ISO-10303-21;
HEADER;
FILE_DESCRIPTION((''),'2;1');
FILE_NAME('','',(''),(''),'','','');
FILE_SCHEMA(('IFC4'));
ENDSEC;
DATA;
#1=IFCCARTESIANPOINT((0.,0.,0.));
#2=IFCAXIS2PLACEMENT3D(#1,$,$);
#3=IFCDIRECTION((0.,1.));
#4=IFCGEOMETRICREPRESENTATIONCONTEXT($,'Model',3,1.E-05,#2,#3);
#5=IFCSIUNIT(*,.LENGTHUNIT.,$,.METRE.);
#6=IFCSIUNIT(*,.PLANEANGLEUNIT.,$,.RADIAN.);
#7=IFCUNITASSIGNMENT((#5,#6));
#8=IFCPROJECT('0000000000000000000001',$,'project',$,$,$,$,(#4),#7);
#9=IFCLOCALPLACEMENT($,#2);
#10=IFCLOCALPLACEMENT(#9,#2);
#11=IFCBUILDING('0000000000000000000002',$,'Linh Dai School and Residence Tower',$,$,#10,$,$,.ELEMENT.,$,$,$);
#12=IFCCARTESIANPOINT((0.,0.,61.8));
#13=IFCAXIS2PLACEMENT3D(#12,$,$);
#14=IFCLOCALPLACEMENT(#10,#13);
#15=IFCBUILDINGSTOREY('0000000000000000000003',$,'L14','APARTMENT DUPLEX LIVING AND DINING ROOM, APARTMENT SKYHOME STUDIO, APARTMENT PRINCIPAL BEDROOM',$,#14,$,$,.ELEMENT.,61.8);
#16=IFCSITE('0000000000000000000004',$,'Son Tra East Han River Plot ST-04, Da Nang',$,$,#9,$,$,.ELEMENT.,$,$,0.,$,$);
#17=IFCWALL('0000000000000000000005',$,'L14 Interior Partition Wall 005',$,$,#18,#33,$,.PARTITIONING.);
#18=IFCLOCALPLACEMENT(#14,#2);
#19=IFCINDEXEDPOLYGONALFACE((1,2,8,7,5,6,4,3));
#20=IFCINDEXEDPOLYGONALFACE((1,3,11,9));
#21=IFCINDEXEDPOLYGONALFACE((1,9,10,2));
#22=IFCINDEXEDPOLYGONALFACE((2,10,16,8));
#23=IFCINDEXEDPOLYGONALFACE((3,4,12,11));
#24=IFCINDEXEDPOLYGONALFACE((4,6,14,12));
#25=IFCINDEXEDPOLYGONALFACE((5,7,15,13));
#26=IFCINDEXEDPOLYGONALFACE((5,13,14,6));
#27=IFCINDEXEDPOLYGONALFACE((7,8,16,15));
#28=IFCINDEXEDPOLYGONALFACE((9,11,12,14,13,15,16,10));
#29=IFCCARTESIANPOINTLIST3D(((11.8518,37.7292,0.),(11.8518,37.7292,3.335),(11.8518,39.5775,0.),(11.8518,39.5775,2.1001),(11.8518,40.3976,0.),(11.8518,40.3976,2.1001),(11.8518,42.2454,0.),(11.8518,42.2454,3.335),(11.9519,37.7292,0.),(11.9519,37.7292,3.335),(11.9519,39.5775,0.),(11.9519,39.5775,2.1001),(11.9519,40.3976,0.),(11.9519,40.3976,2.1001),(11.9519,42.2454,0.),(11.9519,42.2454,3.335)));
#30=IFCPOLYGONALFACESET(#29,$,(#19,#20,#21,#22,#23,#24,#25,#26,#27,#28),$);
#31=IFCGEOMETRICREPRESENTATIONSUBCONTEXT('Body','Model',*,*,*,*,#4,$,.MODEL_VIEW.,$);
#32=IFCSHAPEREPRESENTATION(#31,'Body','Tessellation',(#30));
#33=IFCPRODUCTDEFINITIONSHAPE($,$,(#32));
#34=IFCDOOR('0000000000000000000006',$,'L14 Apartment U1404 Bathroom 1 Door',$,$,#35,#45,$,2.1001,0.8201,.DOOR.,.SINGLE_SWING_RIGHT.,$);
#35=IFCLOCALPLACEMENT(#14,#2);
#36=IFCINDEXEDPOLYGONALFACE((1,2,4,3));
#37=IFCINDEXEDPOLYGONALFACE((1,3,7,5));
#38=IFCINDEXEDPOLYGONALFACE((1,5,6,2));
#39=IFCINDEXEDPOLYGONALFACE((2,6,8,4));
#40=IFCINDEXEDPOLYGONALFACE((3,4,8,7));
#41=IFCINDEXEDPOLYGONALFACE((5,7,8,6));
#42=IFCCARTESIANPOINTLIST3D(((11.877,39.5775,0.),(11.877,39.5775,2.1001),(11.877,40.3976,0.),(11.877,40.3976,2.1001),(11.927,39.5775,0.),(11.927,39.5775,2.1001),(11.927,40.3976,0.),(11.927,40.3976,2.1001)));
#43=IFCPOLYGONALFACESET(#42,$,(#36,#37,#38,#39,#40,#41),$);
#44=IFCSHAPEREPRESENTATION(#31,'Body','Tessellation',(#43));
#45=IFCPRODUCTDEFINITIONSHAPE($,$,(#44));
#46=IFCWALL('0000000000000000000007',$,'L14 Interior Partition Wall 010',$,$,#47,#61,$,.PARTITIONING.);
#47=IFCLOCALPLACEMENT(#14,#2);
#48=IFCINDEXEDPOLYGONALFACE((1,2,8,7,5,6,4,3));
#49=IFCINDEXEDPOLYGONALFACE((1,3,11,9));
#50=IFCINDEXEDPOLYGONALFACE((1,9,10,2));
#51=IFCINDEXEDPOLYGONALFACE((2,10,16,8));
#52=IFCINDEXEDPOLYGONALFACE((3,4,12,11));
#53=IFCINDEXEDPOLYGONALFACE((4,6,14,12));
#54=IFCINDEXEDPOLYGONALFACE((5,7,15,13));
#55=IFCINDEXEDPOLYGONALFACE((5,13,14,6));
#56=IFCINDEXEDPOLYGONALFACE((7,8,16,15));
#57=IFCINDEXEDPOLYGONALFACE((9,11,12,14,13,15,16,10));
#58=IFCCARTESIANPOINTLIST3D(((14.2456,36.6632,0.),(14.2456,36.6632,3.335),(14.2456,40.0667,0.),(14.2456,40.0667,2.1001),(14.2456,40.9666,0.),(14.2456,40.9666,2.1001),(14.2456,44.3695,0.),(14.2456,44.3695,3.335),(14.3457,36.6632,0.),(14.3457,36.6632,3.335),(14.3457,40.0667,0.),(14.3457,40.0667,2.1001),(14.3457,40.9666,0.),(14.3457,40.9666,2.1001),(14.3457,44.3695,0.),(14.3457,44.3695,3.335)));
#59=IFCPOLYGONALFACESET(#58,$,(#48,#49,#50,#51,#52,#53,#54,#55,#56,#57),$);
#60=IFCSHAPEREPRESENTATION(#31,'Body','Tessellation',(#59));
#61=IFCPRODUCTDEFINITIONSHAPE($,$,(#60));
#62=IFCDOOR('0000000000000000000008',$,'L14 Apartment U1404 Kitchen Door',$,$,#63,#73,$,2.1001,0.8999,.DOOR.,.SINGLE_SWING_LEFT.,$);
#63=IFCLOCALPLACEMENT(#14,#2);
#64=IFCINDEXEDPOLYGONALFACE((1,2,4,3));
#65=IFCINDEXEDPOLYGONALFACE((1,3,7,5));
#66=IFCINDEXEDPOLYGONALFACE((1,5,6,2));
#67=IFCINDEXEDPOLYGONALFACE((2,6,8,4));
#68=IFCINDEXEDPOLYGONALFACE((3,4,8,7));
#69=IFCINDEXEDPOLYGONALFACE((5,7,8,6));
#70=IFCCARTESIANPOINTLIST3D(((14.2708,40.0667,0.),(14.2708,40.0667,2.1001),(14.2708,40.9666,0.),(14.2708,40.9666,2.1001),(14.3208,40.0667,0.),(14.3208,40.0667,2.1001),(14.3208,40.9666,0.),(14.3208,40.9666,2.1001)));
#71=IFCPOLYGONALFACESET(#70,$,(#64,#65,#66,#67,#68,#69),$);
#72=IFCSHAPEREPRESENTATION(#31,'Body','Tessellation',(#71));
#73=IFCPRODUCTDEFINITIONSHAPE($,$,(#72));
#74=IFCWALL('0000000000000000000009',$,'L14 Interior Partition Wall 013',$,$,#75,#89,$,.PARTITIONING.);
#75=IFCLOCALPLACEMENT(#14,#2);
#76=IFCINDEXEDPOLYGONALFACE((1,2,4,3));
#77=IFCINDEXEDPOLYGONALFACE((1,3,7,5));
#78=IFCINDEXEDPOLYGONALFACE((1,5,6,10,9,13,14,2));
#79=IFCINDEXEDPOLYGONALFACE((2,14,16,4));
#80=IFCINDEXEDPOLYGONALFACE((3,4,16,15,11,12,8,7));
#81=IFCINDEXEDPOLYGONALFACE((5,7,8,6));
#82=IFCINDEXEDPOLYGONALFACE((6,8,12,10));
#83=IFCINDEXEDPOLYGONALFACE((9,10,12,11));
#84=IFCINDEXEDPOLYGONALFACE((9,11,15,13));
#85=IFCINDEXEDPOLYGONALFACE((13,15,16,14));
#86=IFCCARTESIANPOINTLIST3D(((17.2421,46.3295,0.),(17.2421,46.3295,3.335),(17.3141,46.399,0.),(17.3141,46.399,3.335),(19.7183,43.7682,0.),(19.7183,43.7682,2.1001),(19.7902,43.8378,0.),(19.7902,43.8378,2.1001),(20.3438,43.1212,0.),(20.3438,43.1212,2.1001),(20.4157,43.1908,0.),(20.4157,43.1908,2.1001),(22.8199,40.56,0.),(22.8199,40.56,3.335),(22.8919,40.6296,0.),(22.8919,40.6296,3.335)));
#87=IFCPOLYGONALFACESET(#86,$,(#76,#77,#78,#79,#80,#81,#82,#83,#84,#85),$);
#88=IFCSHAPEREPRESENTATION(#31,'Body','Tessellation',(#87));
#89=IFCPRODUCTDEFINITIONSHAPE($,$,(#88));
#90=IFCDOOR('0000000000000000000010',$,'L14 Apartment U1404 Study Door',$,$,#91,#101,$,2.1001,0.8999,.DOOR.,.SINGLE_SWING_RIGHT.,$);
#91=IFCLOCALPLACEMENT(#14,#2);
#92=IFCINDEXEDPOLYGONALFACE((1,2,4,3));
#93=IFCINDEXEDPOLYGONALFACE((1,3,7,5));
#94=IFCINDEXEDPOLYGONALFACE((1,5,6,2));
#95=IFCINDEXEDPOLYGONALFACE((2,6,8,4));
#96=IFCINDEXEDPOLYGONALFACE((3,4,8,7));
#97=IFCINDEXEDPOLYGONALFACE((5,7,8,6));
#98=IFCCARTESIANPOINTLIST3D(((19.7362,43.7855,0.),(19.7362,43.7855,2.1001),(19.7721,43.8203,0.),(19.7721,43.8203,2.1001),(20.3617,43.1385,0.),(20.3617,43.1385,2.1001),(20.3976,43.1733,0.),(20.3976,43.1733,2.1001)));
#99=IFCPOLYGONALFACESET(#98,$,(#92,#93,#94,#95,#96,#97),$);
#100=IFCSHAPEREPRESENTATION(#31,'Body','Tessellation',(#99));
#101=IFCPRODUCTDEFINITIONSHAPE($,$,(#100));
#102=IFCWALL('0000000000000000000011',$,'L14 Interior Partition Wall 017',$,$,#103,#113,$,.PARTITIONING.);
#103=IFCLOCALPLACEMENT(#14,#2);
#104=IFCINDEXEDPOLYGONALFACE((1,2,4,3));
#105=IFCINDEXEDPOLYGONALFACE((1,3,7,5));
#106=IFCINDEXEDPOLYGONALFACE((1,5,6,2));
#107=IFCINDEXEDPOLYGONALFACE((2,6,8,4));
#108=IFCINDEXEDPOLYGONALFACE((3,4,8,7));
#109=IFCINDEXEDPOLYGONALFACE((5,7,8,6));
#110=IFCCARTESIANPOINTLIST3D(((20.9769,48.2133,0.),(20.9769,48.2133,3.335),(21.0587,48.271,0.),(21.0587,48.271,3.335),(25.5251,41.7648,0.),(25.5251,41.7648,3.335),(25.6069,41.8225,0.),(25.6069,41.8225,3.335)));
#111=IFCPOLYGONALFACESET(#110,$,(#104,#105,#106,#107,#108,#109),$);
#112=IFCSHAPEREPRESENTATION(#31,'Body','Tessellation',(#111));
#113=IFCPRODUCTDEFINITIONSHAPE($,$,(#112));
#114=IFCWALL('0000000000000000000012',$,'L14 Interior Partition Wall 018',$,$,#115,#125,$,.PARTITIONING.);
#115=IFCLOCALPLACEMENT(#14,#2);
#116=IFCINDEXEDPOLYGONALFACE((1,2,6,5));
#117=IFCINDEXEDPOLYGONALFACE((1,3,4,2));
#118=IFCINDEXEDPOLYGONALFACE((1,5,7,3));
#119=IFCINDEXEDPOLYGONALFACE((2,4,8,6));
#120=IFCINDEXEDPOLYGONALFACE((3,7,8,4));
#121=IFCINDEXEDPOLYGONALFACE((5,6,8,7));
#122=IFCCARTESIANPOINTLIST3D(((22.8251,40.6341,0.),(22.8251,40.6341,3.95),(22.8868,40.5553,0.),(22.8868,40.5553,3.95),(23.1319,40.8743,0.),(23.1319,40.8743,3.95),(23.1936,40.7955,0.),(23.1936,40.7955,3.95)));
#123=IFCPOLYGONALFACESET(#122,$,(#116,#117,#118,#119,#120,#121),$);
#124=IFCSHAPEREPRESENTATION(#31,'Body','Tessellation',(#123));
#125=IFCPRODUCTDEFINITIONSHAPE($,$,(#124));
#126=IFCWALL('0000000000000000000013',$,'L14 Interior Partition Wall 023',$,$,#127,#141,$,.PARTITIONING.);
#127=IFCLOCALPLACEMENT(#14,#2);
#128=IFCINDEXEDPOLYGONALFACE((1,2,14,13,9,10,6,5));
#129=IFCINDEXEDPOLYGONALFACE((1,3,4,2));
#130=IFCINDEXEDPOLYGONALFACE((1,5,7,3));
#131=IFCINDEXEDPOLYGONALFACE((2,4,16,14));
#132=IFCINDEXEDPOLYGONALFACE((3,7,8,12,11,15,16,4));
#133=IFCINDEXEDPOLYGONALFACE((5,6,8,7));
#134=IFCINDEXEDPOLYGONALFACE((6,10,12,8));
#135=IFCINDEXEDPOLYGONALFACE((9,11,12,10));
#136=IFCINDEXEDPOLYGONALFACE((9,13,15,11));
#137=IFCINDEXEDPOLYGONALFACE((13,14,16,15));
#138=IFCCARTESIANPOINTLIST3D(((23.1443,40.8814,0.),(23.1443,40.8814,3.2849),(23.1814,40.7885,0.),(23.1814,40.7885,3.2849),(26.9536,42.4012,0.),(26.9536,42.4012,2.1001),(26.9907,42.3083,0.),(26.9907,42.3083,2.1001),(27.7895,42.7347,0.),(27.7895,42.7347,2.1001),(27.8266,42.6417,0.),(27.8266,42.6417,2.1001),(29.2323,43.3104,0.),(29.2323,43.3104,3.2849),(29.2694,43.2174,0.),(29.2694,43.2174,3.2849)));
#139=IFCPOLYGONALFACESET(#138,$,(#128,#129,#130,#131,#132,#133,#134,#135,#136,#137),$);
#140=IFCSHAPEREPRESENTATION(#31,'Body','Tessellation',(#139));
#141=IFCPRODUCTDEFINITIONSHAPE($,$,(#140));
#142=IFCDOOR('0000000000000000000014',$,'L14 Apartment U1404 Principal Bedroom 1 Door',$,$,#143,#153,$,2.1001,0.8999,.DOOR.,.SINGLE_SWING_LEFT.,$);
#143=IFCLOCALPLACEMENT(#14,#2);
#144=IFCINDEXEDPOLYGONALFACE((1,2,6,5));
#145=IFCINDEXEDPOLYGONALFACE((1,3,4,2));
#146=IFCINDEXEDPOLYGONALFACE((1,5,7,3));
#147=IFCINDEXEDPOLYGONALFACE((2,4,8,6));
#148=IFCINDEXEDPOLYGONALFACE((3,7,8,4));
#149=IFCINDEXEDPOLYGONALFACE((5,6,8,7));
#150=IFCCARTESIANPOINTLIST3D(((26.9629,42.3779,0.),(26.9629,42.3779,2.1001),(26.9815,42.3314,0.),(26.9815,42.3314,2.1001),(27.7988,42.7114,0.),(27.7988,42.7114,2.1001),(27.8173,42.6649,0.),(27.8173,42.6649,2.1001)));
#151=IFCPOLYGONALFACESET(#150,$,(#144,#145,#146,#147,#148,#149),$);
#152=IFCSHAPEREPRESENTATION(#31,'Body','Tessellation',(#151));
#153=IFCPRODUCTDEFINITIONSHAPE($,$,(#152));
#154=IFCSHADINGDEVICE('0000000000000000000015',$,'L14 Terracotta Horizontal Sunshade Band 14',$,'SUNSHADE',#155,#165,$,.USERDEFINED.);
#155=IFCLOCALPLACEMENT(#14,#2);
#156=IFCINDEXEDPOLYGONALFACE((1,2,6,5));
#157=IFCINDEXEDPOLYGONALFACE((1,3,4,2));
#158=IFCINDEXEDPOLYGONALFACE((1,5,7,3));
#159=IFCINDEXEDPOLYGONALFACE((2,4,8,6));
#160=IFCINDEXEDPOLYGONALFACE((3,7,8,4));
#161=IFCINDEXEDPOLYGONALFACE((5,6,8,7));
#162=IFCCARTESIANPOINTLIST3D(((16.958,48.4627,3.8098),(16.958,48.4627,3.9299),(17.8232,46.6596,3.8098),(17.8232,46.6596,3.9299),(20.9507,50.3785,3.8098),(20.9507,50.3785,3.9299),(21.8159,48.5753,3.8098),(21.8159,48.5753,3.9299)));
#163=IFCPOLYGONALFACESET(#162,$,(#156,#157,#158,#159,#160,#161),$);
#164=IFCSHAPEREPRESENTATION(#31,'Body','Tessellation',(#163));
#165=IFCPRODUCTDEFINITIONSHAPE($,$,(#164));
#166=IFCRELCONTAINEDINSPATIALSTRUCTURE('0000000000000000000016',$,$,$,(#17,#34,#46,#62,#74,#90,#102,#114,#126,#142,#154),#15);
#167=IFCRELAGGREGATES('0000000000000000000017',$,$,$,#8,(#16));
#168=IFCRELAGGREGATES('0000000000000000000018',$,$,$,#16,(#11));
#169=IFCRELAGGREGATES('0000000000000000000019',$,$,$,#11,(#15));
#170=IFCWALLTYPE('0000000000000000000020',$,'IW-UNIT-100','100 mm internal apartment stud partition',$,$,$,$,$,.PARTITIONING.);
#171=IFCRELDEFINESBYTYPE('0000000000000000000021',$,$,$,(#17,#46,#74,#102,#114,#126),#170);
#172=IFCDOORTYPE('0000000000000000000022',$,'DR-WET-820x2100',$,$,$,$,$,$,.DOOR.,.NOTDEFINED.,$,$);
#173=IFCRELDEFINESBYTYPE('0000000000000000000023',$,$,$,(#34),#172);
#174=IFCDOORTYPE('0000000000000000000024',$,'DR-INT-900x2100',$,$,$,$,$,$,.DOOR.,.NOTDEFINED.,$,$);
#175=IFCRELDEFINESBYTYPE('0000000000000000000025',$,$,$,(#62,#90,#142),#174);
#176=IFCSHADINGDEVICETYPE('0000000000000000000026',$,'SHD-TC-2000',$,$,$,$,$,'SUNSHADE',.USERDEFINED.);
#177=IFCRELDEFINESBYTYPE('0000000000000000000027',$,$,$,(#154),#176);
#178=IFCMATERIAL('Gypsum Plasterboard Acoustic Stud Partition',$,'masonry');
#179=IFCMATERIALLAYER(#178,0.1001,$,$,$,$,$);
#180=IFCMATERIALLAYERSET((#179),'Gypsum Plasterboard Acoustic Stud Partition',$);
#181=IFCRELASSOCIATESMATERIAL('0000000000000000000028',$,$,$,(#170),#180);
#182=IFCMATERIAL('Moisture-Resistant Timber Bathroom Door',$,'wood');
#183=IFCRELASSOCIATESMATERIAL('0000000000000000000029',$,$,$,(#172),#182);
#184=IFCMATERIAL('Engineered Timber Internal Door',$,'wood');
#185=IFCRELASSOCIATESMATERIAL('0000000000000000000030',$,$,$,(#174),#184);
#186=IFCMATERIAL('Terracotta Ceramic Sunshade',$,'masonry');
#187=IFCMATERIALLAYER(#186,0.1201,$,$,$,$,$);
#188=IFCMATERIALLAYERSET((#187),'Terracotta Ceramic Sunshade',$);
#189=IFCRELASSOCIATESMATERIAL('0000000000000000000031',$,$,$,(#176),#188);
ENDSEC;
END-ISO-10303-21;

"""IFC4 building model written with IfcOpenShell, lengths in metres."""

from ifc_helpers import new_model, si_unit, direction, frame, frame_2d, origin, origin_2d, place, context, subcontext, project, spatial, rectangle, extrude, source, transform, mapped, material, layer, layer_set, type_object, element, fill, save


model = new_model("IFC4")

# Units and contexts
model_context = context("Model", 3, precision=1e-05, world=origin(), true_north=direction((0.0, 1.0)))
body_context = subcontext(model_context, "Body", "Model", "MODEL_VIEW")
ifc_project = project(units=[si_unit("LENGTHUNIT", "METRE"), si_unit("PLANEANGLEUNIT", "RADIAN")], contexts=[model_context])

# Site, building, storey
site_placement = place(None, origin())
site = spatial("IfcSite", under=ifc_project, at=site_placement, Name="Son Tra East Han River Plot ST-04, Da Nang", CompositionType="ELEMENT", RefElevation=0.0)
building_placement = place(site_placement, origin())
building = spatial("IfcBuilding", under=site, at=building_placement, Name="Linh Dai School and Residence Tower", CompositionType="ELEMENT")
storey_placement = place(building_placement, frame((0.0, 0.0, 61.8)))
storey = spatial("IfcBuildingStorey", under=building, at=storey_placement, Name="L14", Description="APARTMENT DUPLEX LIVING AND DINING ROOM, APARTMENT SKYHOME STUDIO, APARTMENT PRINCIPAL BEDROOM", CompositionType="ELEMENT", Elevation=61.8)

# Walls, openings, doors
ifc_material_1 = material(Name="Gypsum Plasterboard Acoustic Stud Partition", Category="masonry")
ifc_layer_1 = layer(ifc_material_1, 0.1001)
ifc_layer_set_1 = layer_set([ifc_layer_1], Name="Gypsum Plasterboard Acoustic Stud Partition")
wall_type_1 = type_object("IfcWallType", Name="IW-UNIT-100", Description="100 mm internal apartment stud partition", PredefinedType="PARTITIONING", material=ifc_layer_set_1)
wall_1_placement = place(storey_placement, frame((11.9019, 37.7292, 0.0), z_axis=(0.0, 0.0, 1.0), x_axis=(0.0, 1.0, 0.0)))
wall_1 = element("IfcWall", 1, at=wall_1_placement, inside=storey, type_object=wall_type_1, Name="L14 Interior Partition Wall 005", PredefinedType="PARTITIONING", context=body_context, shape_type="SweptSolid", body=[
    extrude(rectangle(XDim=4.5161, YDim=0.1001, at=frame_2d((2.2581, 0.0))), origin(), (0.0, 0.0, 1.0), 3.335),
])
opening_1_placement = place(wall_1_placement, frame((1.8481, 0.0, 0.0)))
opening_1 = element("IfcOpeningElement", 2, at=opening_1_placement, cuts=wall_1, PredefinedType="OPENING", context=body_context, shape_type="SweptSolid", body=[
    extrude(rectangle(XDim=0.8201, YDim=2.1001, at=origin_2d()), frame((0.4102, 0.0601, 1.05), z_axis=(0.0, -1.0, 0.0), x_axis=(1.0, 0.0, 0.0)), (0.0, 0.0, 1.0), 0.1201),
])
ifc_material_2 = material(Name="Moisture-Resistant Timber Bathroom Door", Category="wood")
door_type_1 = type_object("IfcDoorType", Name="DR-WET-820x2100", OperationType="NOTDEFINED", PredefinedType="DOOR", material=ifc_material_2)
shared_shape_1 = source(origin(), body_context, "Body", "SweptSolid", [
    extrude(rectangle(XDim=0.8201, YDim=2.1001, at=origin_2d()), frame((0.4102, 0.0249, 1.05), z_axis=(0.0, -1.0, 0.0), x_axis=(1.0, 0.0, 0.0)), (0.0, 0.0, 1.0), 0.05),
])
door_1_placement = place(opening_1_placement, origin())
door_1 = element("IfcDoor", 3, at=door_1_placement, inside=storey, type_object=door_type_1, Name="L14 Apartment U1404 Bathroom 1 Door", OperationType="SINGLE_SWING_RIGHT", OverallHeight=2.1001, OverallWidth=0.8201, PredefinedType="DOOR", context=body_context, shape_type="MappedRepresentation", body=[
    mapped(shared_shape_1, transform((0.0, 0.0, 0.0), x_axis=(1.0, 0.0, 0.0), y_axis=(0.0, 1.0, 0.0), z_axis=(0.0, 0.0, 1.0), scale=1.0)),
])
fill(opening_1, door_1)
wall_2_placement = place(storey_placement, frame((14.2957, 36.6633, 0.0), z_axis=(0.0, 0.0, 1.0), x_axis=(0.0, 1.0, 0.0)))
wall_2 = element("IfcWall", 4, at=wall_2_placement, inside=storey, type_object=wall_type_1, Name="L14 Interior Partition Wall 010", PredefinedType="PARTITIONING", context=body_context, shape_type="SweptSolid", body=[
    extrude(rectangle(XDim=7.7063, YDim=0.1001, at=frame_2d((3.853, 0.0))), origin(), (0.0, 0.0, 1.0), 3.335),
])
opening_2_placement = place(wall_2_placement, frame((3.4033, 0.0, 0.0)))
opening_2 = element("IfcOpeningElement", 5, at=opening_2_placement, cuts=wall_2, PredefinedType="OPENING", context=body_context, shape_type="SweptSolid", body=[
    extrude(rectangle(XDim=0.8999, YDim=2.1001, at=origin_2d()), frame((0.45, 0.0601, 1.05), z_axis=(0.0, -1.0, 0.0), x_axis=(1.0, 0.0, 0.0)), (0.0, 0.0, 1.0), 0.1201),
])
ifc_material_3 = material(Name="Engineered Timber Internal Door", Category="wood")
door_type_2 = type_object("IfcDoorType", Name="DR-INT-900x2100", OperationType="NOTDEFINED", PredefinedType="DOOR", material=ifc_material_3)
shared_shape_2 = source(origin(), body_context, "Body", "SweptSolid", [
    extrude(rectangle(XDim=0.8999, YDim=2.1001, at=origin_2d()), frame((0.45, 0.0249, 1.05), z_axis=(0.0, -1.0, 0.0), x_axis=(1.0, 0.0, 0.0)), (0.0, 0.0, 1.0), 0.05),
])
door_2_placement = place(opening_2_placement, origin())
door_2 = element("IfcDoor", 6, at=door_2_placement, inside=storey, type_object=door_type_2, Name="L14 Apartment U1404 Kitchen Door", OperationType="SINGLE_SWING_LEFT", OverallHeight=2.1001, OverallWidth=0.8999, PredefinedType="DOOR", context=body_context, shape_type="MappedRepresentation", body=[
    mapped(shared_shape_2, transform((0.0, 0.0, 0.0), x_axis=(1.0, 0.0, 0.0), y_axis=(0.0, 1.0, 0.0), z_axis=(0.0, 0.0, 1.0), scale=1.0)),
])
fill(opening_2, door_2)
wall_3_placement = place(storey_placement, frame((17.2781, 46.3643, 0.0), z_axis=(0.0, 0.0, 1.0), x_axis=(0.695065, -0.718947, 0.0)))
wall_3 = element("IfcWall", 7, at=wall_3_placement, inside=storey, type_object=wall_type_1, Name="L14 Interior Partition Wall 013", PredefinedType="PARTITIONING", context=body_context, shape_type="SweptSolid", body=[
    extrude(rectangle(XDim=8.0249, YDim=0.1001, at=frame_2d((4.0125, 0.0))), origin(), (0.0, 0.0, 1.0), 3.335),
])
opening_3_placement = place(wall_3_placement, frame((3.5625, 0.0, 0.0)))
opening_3 = element("IfcOpeningElement", 8, at=opening_3_placement, cuts=wall_3, PredefinedType="OPENING", context=body_context, shape_type="SweptSolid", body=[
    extrude(rectangle(XDim=0.8999, YDim=2.1001, at=origin_2d()), frame((0.45, 0.0601, 1.05), z_axis=(0.0, -1.0, 0.0), x_axis=(1.0, 0.0, 0.0)), (0.0, 0.0, 1.0), 0.1201),
])
door_3_placement = place(opening_3_placement, origin())
door_3 = element("IfcDoor", 9, at=door_3_placement, inside=storey, type_object=door_type_2, Name="L14 Apartment U1404 Study Door", OperationType="SINGLE_SWING_RIGHT", OverallHeight=2.1001, OverallWidth=0.8999, PredefinedType="DOOR", context=body_context, shape_type="MappedRepresentation", body=[
    mapped(shared_shape_2, transform((0.0, 0.0, 0.0), x_axis=(1.0, 0.0, 0.0), y_axis=(0.0, 1.0, 0.0), z_axis=(0.0, 0.0, 1.0), scale=1.0)),
])
fill(opening_3, door_3)

# Walls
wall_4_placement = place(storey_placement, frame((21.0178, 48.2422, 0.0), z_axis=(0.0, 0.0, 1.0), x_axis=(0.576364, -0.817193, 0.0)))
element("IfcWall", 10, at=wall_4_placement, inside=storey, type_object=wall_type_1, Name="L14 Interior Partition Wall 017", PredefinedType="PARTITIONING", context=body_context, shape_type="SweptSolid", body=[
    extrude(rectangle(XDim=7.8911, YDim=0.1001, at=frame_2d((3.9456, 0.0))), origin(), (0.0, 0.0, 1.0), 3.335),
])
wall_5_placement = place(storey_placement, frame((22.856, 40.5947, 0.0), z_axis=(0.0, 0.0, 1.0), x_axis=(0.787426, 0.61641, 0.0)))
element("IfcWall", 11, at=wall_5_placement, inside=storey, type_object=wall_type_1, Name="L14 Interior Partition Wall 018", PredefinedType="PARTITIONING", context=body_context, shape_type="SweptSolid", body=[
    extrude(rectangle(XDim=0.3896, YDim=0.1001, at=frame_2d((0.1948, 0.0))), origin(), (0.0, 0.0, 1.0), 3.95),
])

# Wall, opening, door
wall_6_placement = place(storey_placement, frame((23.1628, 40.835, 0.0), z_axis=(0.0, 0.0, 1.0), x_axis=(0.928808, 0.370562, 0.0)))
wall_6 = element("IfcWall", 12, at=wall_6_placement, inside=storey, type_object=wall_type_1, Name="L14 Interior Partition Wall 023", PredefinedType="PARTITIONING", context=body_context, shape_type="SweptSolid", body=[
    extrude(rectangle(XDim=6.5547, YDim=0.1001, at=frame_2d((3.2773, 0.0))), origin(), (0.0, 0.0, 1.0), 3.2849),
])
opening_4_placement = place(wall_6_placement, frame((4.1013, 0.0, 0.0)))
opening_4 = element("IfcOpeningElement", 13, at=opening_4_placement, cuts=wall_6, PredefinedType="OPENING", context=body_context, shape_type="SweptSolid", body=[
    extrude(rectangle(XDim=0.8999, YDim=2.1001, at=origin_2d()), frame((0.45, 0.0601, 1.05), z_axis=(0.0, -1.0, 0.0), x_axis=(1.0, 0.0, 0.0)), (0.0, 0.0, 1.0), 0.1201),
])
door_4_placement = place(opening_4_placement, origin())
door_4 = element("IfcDoor", 14, at=door_4_placement, inside=storey, type_object=door_type_2, Name="L14 Apartment U1404 Principal Bedroom 1 Door", OperationType="SINGLE_SWING_LEFT", OverallHeight=2.1001, OverallWidth=0.8999, PredefinedType="DOOR", context=body_context, shape_type="MappedRepresentation", body=[
    mapped(shared_shape_2, transform((0.0, 0.0, 0.0), x_axis=(1.0, 0.0, 0.0), y_axis=(0.0, 1.0, 0.0), z_axis=(0.0, 0.0, 1.0), scale=1.0)),
])
fill(opening_4, door_4)

# Shading device
ifc_material_4 = material(Name="Terracotta Ceramic Sunshade", Category="masonry")
ifc_layer_2 = layer(ifc_material_4, 0.1201)
ifc_layer_set_2 = layer_set([ifc_layer_2], Name="Terracotta Ceramic Sunshade")
shading_device_type = type_object("IfcShadingDeviceType", Name="SHD-TC-2000", ElementType="SUNSHADE", PredefinedType="USERDEFINED", material=ifc_layer_set_2)
shared_shape_3 = source(origin(), body_context, "Body", "SweptSolid", [
    extrude(rectangle(XDim=4.4285, YDim=2.0, at=origin_2d()), origin(), (0.0, 0.0, 1.0), 0.1201),
])
shading_device_1_placement = place(storey_placement, frame((19.387, 48.519, 3.8098), z_axis=(0.0, 0.0, 1.0), x_axis=(0.901585, 0.432603, 0.0)))
element("IfcShadingDevice", 15, at=shading_device_1_placement, inside=storey, type_object=shading_device_type, Name="L14 Terracotta Horizontal Sunshade Band 14", ObjectType="SUNSHADE", PredefinedType="USERDEFINED", context=body_context, shape_type="MappedRepresentation", body=[
    mapped(shared_shape_3, transform((0.0, 0.0, 0.0), x_axis=(1.0, 0.0, 0.0), y_axis=(0.0, 1.0, 0.0), z_axis=(0.0, 0.0, 1.0), scale=1.0)),
])

save(model, "model.ifc")
